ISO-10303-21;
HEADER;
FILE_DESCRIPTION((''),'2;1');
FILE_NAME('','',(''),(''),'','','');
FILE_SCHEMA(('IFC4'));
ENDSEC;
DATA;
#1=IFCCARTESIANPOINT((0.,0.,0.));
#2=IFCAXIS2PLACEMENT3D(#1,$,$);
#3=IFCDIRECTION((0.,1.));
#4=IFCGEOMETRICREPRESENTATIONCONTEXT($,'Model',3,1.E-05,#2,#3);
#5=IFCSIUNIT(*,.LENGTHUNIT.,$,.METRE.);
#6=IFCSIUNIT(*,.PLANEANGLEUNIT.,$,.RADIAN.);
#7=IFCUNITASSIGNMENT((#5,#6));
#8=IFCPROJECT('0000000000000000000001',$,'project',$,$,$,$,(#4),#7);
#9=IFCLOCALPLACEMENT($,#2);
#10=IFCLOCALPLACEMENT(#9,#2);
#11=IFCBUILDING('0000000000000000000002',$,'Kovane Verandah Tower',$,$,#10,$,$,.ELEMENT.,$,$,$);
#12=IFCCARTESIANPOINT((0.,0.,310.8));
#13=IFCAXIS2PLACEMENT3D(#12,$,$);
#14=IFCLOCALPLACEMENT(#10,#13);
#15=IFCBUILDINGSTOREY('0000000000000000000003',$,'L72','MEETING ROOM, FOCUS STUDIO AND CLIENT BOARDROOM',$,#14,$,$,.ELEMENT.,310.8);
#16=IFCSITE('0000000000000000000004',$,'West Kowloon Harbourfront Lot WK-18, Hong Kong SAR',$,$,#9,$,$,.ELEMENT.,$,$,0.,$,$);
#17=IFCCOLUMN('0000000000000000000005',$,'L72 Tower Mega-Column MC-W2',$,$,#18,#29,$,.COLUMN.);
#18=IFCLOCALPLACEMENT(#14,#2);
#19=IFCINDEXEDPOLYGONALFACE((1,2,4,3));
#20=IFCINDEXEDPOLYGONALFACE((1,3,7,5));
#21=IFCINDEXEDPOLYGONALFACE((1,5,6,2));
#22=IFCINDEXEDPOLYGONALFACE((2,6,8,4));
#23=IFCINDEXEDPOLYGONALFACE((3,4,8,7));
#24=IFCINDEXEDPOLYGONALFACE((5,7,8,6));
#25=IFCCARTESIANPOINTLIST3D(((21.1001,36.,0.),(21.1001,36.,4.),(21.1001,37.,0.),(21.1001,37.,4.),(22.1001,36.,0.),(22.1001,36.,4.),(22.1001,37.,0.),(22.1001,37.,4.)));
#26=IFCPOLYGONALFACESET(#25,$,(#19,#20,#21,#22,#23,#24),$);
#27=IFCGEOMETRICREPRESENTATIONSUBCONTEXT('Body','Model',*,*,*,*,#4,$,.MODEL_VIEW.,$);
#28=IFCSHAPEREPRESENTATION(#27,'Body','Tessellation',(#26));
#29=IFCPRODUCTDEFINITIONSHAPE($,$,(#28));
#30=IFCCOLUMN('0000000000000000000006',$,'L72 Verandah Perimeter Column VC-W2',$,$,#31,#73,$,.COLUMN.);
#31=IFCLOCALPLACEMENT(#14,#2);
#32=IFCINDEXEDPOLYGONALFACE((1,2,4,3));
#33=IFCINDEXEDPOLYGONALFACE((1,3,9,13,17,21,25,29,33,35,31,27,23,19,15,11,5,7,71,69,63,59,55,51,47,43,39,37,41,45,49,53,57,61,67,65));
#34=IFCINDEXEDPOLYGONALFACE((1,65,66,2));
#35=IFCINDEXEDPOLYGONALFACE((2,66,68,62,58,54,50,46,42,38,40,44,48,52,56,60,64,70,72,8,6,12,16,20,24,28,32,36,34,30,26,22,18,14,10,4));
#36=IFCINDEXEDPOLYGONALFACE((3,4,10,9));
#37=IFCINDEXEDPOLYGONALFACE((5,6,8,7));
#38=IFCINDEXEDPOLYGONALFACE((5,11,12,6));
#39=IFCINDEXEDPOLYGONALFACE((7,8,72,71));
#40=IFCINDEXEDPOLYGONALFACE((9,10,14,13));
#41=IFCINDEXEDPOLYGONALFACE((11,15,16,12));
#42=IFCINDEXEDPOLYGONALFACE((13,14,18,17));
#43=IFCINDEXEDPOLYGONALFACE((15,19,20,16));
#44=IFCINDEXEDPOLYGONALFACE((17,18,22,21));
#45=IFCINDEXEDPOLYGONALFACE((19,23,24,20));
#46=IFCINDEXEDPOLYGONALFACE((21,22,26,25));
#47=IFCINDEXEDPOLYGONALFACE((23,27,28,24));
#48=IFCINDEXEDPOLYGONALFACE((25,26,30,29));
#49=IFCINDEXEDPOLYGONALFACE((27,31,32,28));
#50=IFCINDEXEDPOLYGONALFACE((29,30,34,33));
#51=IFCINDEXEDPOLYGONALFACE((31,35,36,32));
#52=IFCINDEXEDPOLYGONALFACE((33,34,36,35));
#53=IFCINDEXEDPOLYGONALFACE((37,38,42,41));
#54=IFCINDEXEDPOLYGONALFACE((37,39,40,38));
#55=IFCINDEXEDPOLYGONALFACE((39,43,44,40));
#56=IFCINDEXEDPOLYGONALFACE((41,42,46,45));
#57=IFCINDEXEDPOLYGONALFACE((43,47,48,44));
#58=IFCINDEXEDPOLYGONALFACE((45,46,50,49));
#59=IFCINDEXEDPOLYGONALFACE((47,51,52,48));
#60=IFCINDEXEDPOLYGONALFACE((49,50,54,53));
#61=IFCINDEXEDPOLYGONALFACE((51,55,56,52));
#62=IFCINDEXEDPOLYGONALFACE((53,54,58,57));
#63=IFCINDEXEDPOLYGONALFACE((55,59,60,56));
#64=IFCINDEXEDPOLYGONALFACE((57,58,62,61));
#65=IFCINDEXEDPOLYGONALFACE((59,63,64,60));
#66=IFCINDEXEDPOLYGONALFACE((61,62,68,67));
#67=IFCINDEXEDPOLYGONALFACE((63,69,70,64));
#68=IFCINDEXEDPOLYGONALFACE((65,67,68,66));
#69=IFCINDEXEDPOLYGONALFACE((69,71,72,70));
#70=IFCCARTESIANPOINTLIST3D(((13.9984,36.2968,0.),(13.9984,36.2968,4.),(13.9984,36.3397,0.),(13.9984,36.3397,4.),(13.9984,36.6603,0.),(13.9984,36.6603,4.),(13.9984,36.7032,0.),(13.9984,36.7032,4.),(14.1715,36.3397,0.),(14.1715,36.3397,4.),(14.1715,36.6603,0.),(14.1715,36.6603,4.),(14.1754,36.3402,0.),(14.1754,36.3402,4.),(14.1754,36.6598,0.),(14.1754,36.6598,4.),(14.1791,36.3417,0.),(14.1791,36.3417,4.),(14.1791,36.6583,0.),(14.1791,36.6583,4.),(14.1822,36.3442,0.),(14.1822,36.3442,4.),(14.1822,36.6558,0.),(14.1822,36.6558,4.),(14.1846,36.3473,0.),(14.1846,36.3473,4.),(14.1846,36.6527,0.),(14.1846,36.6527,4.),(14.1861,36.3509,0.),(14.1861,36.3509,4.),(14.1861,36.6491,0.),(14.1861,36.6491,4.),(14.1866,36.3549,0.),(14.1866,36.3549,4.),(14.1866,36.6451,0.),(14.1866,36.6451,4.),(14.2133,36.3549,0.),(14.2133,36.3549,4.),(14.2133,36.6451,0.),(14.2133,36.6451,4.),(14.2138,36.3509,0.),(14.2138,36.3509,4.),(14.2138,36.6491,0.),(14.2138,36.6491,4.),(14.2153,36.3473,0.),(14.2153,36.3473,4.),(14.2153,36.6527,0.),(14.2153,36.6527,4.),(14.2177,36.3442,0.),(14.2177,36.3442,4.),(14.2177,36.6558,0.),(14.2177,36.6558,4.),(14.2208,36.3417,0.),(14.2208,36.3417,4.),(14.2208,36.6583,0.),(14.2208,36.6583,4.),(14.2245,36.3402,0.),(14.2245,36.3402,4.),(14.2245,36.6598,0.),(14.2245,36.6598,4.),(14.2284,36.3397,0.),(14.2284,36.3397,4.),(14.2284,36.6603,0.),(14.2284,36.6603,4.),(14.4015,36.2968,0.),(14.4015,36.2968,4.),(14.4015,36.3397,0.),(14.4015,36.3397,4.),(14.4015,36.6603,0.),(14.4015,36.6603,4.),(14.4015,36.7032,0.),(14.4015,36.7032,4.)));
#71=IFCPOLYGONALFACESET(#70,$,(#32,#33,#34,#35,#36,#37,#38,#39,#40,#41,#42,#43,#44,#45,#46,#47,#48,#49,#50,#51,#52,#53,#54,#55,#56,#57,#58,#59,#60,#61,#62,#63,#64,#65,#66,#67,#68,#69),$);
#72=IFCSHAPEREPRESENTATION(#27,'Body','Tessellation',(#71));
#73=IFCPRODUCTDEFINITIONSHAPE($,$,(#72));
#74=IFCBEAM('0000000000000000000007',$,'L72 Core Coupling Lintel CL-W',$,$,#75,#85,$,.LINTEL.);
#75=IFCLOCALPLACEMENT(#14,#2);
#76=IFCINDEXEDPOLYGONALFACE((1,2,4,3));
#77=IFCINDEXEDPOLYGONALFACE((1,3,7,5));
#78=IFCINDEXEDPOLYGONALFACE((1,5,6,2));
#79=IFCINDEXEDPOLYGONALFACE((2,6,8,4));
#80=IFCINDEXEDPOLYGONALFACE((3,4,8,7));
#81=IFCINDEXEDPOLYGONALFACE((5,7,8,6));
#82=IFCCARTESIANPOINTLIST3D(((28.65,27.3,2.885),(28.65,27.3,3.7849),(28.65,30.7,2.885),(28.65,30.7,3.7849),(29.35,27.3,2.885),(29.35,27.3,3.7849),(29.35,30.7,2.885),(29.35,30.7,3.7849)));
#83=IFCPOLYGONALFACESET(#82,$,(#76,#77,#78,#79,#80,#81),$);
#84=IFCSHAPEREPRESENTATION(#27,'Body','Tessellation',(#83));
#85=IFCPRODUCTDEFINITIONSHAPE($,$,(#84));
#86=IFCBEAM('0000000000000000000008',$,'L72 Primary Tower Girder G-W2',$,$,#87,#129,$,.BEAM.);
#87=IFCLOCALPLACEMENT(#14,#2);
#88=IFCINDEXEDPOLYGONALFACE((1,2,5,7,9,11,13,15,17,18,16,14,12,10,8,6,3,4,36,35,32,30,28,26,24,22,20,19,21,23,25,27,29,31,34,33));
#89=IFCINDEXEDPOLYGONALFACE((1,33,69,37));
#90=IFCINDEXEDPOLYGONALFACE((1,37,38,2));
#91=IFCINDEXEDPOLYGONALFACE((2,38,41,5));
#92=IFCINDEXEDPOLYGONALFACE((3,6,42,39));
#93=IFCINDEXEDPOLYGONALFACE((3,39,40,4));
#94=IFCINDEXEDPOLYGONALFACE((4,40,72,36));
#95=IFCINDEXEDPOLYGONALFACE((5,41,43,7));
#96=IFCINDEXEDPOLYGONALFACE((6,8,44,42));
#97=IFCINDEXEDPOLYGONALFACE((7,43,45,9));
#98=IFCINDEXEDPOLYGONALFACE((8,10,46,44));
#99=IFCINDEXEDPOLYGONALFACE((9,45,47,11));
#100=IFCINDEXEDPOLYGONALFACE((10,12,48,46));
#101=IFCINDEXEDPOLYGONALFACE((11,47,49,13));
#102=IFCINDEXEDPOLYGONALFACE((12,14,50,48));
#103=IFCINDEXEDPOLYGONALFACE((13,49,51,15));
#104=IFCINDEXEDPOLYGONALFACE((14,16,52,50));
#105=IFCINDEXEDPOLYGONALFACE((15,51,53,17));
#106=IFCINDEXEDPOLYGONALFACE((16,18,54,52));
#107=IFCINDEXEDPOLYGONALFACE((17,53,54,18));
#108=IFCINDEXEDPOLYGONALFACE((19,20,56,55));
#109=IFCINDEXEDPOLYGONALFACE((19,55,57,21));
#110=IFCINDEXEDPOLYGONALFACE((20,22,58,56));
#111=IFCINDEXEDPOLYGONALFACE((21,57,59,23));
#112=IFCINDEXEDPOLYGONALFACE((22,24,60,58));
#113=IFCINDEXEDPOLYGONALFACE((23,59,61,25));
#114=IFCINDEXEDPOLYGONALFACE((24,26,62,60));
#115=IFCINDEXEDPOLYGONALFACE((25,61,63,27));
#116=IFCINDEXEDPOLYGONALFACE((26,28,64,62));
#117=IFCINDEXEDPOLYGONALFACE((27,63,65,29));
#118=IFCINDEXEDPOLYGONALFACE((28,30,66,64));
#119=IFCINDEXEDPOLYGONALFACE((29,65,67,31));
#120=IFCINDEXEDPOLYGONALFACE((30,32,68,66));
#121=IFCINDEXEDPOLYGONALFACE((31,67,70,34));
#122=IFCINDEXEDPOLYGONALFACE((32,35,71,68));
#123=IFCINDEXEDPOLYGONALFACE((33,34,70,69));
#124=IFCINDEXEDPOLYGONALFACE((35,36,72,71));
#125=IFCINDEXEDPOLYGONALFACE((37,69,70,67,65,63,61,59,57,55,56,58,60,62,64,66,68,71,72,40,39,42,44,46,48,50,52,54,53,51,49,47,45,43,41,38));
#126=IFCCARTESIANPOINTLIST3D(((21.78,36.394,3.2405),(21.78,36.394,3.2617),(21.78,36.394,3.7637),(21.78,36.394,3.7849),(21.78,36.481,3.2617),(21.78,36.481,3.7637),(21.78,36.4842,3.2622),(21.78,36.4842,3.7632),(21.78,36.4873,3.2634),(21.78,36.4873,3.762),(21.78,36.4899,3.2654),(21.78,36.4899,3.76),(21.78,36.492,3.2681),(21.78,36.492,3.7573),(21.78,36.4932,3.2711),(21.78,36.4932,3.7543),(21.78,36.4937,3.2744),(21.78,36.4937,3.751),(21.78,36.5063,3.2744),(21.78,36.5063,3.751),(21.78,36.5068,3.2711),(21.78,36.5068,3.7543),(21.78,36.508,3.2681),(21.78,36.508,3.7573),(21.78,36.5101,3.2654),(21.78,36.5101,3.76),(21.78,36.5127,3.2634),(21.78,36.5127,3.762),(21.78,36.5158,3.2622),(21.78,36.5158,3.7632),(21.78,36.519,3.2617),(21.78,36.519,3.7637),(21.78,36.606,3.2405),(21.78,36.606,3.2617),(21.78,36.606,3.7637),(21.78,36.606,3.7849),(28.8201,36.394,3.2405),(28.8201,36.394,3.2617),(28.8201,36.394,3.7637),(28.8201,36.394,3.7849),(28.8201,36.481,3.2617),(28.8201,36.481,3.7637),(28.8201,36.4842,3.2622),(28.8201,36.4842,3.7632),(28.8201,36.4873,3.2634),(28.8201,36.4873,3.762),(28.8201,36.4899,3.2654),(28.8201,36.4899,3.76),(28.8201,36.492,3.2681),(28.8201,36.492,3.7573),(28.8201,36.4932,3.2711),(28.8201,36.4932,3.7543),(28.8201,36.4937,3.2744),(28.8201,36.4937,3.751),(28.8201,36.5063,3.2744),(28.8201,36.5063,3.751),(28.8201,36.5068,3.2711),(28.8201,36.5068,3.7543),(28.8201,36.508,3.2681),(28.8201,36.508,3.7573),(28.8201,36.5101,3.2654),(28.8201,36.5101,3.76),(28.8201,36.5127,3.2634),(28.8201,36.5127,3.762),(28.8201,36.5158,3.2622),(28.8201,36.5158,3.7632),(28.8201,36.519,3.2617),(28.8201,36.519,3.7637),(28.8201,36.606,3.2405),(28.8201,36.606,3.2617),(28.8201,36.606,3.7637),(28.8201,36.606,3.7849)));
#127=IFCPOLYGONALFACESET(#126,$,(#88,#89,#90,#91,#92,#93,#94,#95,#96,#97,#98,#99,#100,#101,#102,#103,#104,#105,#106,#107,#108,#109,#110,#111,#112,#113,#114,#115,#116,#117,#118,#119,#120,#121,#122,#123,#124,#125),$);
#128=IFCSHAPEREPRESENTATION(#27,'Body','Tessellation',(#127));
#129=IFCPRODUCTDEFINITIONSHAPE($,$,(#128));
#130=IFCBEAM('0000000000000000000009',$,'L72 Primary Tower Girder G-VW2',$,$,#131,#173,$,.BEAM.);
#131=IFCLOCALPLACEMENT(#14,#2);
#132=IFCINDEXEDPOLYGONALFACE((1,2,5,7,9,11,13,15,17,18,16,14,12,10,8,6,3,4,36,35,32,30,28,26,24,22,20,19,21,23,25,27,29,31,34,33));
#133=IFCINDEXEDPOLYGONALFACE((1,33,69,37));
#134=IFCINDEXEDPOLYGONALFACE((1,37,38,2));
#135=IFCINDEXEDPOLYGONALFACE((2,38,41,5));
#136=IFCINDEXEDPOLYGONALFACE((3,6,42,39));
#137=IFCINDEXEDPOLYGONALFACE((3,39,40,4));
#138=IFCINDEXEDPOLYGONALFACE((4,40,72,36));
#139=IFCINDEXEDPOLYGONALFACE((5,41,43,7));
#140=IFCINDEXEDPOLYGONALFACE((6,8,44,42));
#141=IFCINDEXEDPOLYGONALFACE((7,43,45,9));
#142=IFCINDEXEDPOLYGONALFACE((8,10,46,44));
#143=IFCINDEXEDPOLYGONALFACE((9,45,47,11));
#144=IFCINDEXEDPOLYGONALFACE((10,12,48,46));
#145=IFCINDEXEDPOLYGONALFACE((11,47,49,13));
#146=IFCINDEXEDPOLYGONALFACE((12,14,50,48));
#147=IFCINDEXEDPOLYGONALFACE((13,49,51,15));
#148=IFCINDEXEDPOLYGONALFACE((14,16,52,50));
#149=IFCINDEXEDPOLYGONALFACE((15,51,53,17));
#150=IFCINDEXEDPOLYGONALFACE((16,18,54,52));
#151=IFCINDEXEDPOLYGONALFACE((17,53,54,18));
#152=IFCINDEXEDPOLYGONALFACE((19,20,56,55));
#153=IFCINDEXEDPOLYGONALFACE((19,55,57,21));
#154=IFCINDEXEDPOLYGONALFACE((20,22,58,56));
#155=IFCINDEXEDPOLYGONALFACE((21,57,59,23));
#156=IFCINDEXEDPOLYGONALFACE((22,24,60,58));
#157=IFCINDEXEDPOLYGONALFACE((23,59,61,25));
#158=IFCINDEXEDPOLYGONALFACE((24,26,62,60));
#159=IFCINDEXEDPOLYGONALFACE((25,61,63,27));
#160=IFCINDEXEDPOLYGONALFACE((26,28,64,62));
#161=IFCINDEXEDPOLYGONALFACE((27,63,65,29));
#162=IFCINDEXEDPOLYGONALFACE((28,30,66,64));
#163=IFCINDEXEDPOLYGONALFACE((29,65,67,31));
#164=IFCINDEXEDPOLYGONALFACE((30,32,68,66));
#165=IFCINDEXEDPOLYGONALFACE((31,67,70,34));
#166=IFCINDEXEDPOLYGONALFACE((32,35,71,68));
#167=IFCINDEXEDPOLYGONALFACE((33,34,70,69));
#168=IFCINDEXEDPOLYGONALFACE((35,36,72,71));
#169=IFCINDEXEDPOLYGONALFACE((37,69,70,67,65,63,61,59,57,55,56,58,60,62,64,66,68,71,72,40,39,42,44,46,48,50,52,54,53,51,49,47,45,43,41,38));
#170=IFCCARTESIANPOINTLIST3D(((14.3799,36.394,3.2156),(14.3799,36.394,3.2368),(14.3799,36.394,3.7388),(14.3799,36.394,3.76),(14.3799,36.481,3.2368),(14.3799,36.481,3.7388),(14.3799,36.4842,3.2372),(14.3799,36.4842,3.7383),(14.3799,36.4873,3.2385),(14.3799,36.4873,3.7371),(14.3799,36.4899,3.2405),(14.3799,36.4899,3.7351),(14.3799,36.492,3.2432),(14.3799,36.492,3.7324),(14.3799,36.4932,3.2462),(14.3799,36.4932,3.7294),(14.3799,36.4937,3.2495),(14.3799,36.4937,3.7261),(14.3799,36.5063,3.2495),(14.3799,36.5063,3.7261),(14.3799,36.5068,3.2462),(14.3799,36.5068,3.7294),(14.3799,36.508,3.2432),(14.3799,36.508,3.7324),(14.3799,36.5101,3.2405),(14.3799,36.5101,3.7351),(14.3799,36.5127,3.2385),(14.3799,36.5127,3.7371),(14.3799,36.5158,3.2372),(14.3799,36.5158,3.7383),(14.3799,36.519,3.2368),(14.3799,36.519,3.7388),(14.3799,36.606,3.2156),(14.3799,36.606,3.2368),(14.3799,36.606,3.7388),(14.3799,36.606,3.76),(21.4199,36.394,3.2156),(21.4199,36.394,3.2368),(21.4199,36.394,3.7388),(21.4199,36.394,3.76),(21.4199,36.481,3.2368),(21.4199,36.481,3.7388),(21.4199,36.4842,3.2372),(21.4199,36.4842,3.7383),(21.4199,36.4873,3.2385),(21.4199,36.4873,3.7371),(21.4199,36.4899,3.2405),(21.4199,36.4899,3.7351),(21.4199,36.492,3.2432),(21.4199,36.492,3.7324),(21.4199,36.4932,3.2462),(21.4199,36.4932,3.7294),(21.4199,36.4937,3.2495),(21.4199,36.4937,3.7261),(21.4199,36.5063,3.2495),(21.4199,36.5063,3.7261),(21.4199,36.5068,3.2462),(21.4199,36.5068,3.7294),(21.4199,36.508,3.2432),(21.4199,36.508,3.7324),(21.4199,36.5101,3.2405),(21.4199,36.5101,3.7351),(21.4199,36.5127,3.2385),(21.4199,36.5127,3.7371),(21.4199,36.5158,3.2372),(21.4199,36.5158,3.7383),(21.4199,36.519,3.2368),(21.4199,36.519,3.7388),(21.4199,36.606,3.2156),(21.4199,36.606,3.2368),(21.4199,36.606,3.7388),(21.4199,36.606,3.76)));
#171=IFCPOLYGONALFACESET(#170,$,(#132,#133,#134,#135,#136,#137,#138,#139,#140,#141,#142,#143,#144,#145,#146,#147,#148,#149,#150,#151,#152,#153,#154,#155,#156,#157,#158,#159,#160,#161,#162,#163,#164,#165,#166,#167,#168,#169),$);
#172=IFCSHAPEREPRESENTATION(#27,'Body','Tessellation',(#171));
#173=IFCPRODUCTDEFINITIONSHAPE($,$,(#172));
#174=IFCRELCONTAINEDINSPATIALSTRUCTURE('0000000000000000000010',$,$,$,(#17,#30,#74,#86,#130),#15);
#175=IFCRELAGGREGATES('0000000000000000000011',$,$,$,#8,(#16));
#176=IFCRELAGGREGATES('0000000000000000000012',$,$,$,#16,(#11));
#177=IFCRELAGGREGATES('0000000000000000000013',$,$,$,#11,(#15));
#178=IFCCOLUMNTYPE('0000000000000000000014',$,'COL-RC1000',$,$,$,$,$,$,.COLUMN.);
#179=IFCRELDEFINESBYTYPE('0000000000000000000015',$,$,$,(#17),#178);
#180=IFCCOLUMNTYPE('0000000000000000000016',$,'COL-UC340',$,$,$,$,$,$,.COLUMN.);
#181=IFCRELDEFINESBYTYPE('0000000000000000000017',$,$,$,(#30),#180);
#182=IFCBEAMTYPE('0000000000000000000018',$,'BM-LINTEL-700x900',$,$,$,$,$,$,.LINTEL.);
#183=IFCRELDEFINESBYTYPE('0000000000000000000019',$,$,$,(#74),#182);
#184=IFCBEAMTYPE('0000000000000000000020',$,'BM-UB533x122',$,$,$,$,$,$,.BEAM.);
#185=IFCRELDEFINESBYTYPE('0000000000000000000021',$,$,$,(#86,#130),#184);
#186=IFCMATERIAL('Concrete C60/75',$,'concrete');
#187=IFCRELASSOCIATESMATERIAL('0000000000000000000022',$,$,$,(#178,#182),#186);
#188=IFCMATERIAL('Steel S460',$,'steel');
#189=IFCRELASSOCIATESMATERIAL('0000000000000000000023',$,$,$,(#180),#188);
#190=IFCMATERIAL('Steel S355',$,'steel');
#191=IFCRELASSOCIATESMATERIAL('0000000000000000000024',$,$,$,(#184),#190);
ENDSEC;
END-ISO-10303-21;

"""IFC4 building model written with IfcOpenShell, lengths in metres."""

from ifc_helpers import new_model, si_unit, direction, frame, origin, origin_2d, place, context, subcontext, project, spatial, rectangle, i_section, extrude, material, material_profile, profile_set, type_object, element, save


model = new_model("IFC4")

# Units and contexts
model_context = context("Model", 3, precision=1e-05, world=origin(), true_north=direction((0.0, 1.0)))
body_context = subcontext(model_context, "Body", "Model", "MODEL_VIEW")
ifc_project = project(units=[si_unit("LENGTHUNIT", "METRE"), si_unit("PLANEANGLEUNIT", "RADIAN")], contexts=[model_context])

# Site, building, storey
site_placement = place(None, origin())
site = spatial("IfcSite", under=ifc_project, at=site_placement, Name="West Kowloon Harbourfront Lot WK-18, Hong Kong SAR", CompositionType="ELEMENT", RefElevation=0.0)
building_placement = place(site_placement, origin())
building = spatial("IfcBuilding", under=site, at=building_placement, Name="Kovane Verandah Tower", CompositionType="ELEMENT")
storey_placement = place(building_placement, frame((0.0, 0.0, 310.8)))
storey = spatial("IfcBuildingStorey", under=building, at=storey_placement, Name="L72", Description="MEETING ROOM, FOCUS STUDIO AND CLIENT BOARDROOM", CompositionType="ELEMENT", Elevation=310.8)

# Columns
ifc_material_1 = material(Name="Concrete C60/75", Category="concrete")
ifc_material_profile_1 = material_profile(ifc_material_1, rectangle(XDim=1.0, YDim=1.0, at=origin_2d()), Name="RC1000x1000")
ifc_profile_set_1 = profile_set([ifc_material_profile_1], Name="Concrete C60/75")
column_type_1 = type_object("IfcColumnType", Name="COL-RC1000", PredefinedType="COLUMN", material=ifc_profile_set_1)
column_1_placement = place(storey_placement, frame((21.6001, 36.5, 0.0), z_axis=(0.0, 0.0, 1.0), x_axis=(1.0, 0.0, 0.0)))
element("IfcColumn", 1, at=column_1_placement, inside=storey, type_object=column_type_1, Name="L72 Tower Mega-Column MC-W2", PredefinedType="COLUMN", context=body_context, shape_type="SweptSolid", body=[
    extrude(rectangle(XDim=1.0, YDim=1.0, at=origin_2d()), origin(), (0.0, 0.0, 1.0), 4.0),
])
ifc_material_2 = material(Name="Steel S460", Category="steel")
ifc_material_profile_2 = material_profile(ifc_material_2, i_section(OverallWidth=0.4031, OverallDepth=0.4065, WebThickness=0.0266, FlangeThickness=0.043, FilletRadius=0.0151, at=origin_2d()), Name="UC356x406x340")
ifc_profile_set_2 = profile_set([ifc_material_profile_2], Name="Steel S460")
column_type_2 = type_object("IfcColumnType", Name="COL-UC340", PredefinedType="COLUMN", material=ifc_profile_set_2)
column_2_placement = place(storey_placement, frame((14.2, 36.5, 0.0), z_axis=(0.0, 0.0, 1.0), x_axis=(1.0, 0.0, 0.0)))
element("IfcColumn", 2, at=column_2_placement, inside=storey, type_object=column_type_2, Name="L72 Verandah Perimeter Column VC-W2", PredefinedType="COLUMN", context=body_context, shape_type="SweptSolid", body=[
    extrude(i_section(OverallWidth=0.4031, OverallDepth=0.4065, WebThickness=0.0266, FlangeThickness=0.043, FilletRadius=0.0151, at=origin_2d()), origin(), (0.0, 0.0, 1.0), 4.0),
])

# Beams
ifc_material_profile_3 = material_profile(ifc_material_1, rectangle(XDim=0.7, YDim=0.8999, at=origin_2d()), Name="RCB700x900")
ifc_profile_set_3 = profile_set([ifc_material_profile_3], Name="Concrete C60/75")
beam_type_1 = type_object("IfcBeamType", Name="BM-LINTEL-700x900", PredefinedType="LINTEL", material=ifc_profile_set_3)
beam_1_placement = place(storey_placement, frame((29.0, 27.3, 3.335), z_axis=(0.0, 1.0, 0.0), x_axis=(-1.0, 0.0, 0.0)))
element("IfcBeam", 3, at=beam_1_placement, inside=storey, type_object=beam_type_1, Name="L72 Core Coupling Lintel CL-W", PredefinedType="LINTEL", context=body_context, shape_type="SweptSolid", body=[
    extrude(rectangle(XDim=0.7, YDim=0.8999, at=origin_2d()), origin(), (0.0, 0.0, 1.0), 3.3999),
])
ifc_material_3 = material(Name="Steel S355", Category="steel")
ifc_material_profile_4 = material_profile(ifc_material_3, i_section(OverallWidth=0.2119, OverallDepth=0.5444, WebThickness=0.0127, FlangeThickness=0.0212, FilletRadius=0.0127, at=origin_2d()), Name="UB533x210x122")
ifc_profile_set_4 = profile_set([ifc_material_profile_4], Name="Steel S355")
beam_type_2 = type_object("IfcBeamType", Name="BM-UB533x122", PredefinedType="BEAM", material=ifc_profile_set_4)
for number, where, z_axis, x_axis, name in (
    (4, (28.8201, 36.5, 3.5127), (-1.0, 0.0, 0.0), (0.0, -1.0, 0.0), "L72 Primary Tower Girder G-W2"),
    (5, (21.4199, 36.5, 3.4878), (-1.0, 0.0, 0.0), (0.0, -1.0, 0.0), "L72 Primary Tower Girder G-VW2"),
):
    element("IfcBeam", number, at=place(storey_placement, frame(where, z_axis=z_axis, x_axis=x_axis)), inside=storey, type_object=beam_type_2, Name=name, PredefinedType="BEAM", context=body_context, shape_type="SweptSolid", body=[
        extrude(i_section(OverallWidth=0.2119, OverallDepth=0.5444, WebThickness=0.0127, FlangeThickness=0.0212, FilletRadius=0.0127, at=origin_2d()), origin(), (0.0, 0.0, 1.0), 7.04),
    ])

save(model, "model.ifc")
